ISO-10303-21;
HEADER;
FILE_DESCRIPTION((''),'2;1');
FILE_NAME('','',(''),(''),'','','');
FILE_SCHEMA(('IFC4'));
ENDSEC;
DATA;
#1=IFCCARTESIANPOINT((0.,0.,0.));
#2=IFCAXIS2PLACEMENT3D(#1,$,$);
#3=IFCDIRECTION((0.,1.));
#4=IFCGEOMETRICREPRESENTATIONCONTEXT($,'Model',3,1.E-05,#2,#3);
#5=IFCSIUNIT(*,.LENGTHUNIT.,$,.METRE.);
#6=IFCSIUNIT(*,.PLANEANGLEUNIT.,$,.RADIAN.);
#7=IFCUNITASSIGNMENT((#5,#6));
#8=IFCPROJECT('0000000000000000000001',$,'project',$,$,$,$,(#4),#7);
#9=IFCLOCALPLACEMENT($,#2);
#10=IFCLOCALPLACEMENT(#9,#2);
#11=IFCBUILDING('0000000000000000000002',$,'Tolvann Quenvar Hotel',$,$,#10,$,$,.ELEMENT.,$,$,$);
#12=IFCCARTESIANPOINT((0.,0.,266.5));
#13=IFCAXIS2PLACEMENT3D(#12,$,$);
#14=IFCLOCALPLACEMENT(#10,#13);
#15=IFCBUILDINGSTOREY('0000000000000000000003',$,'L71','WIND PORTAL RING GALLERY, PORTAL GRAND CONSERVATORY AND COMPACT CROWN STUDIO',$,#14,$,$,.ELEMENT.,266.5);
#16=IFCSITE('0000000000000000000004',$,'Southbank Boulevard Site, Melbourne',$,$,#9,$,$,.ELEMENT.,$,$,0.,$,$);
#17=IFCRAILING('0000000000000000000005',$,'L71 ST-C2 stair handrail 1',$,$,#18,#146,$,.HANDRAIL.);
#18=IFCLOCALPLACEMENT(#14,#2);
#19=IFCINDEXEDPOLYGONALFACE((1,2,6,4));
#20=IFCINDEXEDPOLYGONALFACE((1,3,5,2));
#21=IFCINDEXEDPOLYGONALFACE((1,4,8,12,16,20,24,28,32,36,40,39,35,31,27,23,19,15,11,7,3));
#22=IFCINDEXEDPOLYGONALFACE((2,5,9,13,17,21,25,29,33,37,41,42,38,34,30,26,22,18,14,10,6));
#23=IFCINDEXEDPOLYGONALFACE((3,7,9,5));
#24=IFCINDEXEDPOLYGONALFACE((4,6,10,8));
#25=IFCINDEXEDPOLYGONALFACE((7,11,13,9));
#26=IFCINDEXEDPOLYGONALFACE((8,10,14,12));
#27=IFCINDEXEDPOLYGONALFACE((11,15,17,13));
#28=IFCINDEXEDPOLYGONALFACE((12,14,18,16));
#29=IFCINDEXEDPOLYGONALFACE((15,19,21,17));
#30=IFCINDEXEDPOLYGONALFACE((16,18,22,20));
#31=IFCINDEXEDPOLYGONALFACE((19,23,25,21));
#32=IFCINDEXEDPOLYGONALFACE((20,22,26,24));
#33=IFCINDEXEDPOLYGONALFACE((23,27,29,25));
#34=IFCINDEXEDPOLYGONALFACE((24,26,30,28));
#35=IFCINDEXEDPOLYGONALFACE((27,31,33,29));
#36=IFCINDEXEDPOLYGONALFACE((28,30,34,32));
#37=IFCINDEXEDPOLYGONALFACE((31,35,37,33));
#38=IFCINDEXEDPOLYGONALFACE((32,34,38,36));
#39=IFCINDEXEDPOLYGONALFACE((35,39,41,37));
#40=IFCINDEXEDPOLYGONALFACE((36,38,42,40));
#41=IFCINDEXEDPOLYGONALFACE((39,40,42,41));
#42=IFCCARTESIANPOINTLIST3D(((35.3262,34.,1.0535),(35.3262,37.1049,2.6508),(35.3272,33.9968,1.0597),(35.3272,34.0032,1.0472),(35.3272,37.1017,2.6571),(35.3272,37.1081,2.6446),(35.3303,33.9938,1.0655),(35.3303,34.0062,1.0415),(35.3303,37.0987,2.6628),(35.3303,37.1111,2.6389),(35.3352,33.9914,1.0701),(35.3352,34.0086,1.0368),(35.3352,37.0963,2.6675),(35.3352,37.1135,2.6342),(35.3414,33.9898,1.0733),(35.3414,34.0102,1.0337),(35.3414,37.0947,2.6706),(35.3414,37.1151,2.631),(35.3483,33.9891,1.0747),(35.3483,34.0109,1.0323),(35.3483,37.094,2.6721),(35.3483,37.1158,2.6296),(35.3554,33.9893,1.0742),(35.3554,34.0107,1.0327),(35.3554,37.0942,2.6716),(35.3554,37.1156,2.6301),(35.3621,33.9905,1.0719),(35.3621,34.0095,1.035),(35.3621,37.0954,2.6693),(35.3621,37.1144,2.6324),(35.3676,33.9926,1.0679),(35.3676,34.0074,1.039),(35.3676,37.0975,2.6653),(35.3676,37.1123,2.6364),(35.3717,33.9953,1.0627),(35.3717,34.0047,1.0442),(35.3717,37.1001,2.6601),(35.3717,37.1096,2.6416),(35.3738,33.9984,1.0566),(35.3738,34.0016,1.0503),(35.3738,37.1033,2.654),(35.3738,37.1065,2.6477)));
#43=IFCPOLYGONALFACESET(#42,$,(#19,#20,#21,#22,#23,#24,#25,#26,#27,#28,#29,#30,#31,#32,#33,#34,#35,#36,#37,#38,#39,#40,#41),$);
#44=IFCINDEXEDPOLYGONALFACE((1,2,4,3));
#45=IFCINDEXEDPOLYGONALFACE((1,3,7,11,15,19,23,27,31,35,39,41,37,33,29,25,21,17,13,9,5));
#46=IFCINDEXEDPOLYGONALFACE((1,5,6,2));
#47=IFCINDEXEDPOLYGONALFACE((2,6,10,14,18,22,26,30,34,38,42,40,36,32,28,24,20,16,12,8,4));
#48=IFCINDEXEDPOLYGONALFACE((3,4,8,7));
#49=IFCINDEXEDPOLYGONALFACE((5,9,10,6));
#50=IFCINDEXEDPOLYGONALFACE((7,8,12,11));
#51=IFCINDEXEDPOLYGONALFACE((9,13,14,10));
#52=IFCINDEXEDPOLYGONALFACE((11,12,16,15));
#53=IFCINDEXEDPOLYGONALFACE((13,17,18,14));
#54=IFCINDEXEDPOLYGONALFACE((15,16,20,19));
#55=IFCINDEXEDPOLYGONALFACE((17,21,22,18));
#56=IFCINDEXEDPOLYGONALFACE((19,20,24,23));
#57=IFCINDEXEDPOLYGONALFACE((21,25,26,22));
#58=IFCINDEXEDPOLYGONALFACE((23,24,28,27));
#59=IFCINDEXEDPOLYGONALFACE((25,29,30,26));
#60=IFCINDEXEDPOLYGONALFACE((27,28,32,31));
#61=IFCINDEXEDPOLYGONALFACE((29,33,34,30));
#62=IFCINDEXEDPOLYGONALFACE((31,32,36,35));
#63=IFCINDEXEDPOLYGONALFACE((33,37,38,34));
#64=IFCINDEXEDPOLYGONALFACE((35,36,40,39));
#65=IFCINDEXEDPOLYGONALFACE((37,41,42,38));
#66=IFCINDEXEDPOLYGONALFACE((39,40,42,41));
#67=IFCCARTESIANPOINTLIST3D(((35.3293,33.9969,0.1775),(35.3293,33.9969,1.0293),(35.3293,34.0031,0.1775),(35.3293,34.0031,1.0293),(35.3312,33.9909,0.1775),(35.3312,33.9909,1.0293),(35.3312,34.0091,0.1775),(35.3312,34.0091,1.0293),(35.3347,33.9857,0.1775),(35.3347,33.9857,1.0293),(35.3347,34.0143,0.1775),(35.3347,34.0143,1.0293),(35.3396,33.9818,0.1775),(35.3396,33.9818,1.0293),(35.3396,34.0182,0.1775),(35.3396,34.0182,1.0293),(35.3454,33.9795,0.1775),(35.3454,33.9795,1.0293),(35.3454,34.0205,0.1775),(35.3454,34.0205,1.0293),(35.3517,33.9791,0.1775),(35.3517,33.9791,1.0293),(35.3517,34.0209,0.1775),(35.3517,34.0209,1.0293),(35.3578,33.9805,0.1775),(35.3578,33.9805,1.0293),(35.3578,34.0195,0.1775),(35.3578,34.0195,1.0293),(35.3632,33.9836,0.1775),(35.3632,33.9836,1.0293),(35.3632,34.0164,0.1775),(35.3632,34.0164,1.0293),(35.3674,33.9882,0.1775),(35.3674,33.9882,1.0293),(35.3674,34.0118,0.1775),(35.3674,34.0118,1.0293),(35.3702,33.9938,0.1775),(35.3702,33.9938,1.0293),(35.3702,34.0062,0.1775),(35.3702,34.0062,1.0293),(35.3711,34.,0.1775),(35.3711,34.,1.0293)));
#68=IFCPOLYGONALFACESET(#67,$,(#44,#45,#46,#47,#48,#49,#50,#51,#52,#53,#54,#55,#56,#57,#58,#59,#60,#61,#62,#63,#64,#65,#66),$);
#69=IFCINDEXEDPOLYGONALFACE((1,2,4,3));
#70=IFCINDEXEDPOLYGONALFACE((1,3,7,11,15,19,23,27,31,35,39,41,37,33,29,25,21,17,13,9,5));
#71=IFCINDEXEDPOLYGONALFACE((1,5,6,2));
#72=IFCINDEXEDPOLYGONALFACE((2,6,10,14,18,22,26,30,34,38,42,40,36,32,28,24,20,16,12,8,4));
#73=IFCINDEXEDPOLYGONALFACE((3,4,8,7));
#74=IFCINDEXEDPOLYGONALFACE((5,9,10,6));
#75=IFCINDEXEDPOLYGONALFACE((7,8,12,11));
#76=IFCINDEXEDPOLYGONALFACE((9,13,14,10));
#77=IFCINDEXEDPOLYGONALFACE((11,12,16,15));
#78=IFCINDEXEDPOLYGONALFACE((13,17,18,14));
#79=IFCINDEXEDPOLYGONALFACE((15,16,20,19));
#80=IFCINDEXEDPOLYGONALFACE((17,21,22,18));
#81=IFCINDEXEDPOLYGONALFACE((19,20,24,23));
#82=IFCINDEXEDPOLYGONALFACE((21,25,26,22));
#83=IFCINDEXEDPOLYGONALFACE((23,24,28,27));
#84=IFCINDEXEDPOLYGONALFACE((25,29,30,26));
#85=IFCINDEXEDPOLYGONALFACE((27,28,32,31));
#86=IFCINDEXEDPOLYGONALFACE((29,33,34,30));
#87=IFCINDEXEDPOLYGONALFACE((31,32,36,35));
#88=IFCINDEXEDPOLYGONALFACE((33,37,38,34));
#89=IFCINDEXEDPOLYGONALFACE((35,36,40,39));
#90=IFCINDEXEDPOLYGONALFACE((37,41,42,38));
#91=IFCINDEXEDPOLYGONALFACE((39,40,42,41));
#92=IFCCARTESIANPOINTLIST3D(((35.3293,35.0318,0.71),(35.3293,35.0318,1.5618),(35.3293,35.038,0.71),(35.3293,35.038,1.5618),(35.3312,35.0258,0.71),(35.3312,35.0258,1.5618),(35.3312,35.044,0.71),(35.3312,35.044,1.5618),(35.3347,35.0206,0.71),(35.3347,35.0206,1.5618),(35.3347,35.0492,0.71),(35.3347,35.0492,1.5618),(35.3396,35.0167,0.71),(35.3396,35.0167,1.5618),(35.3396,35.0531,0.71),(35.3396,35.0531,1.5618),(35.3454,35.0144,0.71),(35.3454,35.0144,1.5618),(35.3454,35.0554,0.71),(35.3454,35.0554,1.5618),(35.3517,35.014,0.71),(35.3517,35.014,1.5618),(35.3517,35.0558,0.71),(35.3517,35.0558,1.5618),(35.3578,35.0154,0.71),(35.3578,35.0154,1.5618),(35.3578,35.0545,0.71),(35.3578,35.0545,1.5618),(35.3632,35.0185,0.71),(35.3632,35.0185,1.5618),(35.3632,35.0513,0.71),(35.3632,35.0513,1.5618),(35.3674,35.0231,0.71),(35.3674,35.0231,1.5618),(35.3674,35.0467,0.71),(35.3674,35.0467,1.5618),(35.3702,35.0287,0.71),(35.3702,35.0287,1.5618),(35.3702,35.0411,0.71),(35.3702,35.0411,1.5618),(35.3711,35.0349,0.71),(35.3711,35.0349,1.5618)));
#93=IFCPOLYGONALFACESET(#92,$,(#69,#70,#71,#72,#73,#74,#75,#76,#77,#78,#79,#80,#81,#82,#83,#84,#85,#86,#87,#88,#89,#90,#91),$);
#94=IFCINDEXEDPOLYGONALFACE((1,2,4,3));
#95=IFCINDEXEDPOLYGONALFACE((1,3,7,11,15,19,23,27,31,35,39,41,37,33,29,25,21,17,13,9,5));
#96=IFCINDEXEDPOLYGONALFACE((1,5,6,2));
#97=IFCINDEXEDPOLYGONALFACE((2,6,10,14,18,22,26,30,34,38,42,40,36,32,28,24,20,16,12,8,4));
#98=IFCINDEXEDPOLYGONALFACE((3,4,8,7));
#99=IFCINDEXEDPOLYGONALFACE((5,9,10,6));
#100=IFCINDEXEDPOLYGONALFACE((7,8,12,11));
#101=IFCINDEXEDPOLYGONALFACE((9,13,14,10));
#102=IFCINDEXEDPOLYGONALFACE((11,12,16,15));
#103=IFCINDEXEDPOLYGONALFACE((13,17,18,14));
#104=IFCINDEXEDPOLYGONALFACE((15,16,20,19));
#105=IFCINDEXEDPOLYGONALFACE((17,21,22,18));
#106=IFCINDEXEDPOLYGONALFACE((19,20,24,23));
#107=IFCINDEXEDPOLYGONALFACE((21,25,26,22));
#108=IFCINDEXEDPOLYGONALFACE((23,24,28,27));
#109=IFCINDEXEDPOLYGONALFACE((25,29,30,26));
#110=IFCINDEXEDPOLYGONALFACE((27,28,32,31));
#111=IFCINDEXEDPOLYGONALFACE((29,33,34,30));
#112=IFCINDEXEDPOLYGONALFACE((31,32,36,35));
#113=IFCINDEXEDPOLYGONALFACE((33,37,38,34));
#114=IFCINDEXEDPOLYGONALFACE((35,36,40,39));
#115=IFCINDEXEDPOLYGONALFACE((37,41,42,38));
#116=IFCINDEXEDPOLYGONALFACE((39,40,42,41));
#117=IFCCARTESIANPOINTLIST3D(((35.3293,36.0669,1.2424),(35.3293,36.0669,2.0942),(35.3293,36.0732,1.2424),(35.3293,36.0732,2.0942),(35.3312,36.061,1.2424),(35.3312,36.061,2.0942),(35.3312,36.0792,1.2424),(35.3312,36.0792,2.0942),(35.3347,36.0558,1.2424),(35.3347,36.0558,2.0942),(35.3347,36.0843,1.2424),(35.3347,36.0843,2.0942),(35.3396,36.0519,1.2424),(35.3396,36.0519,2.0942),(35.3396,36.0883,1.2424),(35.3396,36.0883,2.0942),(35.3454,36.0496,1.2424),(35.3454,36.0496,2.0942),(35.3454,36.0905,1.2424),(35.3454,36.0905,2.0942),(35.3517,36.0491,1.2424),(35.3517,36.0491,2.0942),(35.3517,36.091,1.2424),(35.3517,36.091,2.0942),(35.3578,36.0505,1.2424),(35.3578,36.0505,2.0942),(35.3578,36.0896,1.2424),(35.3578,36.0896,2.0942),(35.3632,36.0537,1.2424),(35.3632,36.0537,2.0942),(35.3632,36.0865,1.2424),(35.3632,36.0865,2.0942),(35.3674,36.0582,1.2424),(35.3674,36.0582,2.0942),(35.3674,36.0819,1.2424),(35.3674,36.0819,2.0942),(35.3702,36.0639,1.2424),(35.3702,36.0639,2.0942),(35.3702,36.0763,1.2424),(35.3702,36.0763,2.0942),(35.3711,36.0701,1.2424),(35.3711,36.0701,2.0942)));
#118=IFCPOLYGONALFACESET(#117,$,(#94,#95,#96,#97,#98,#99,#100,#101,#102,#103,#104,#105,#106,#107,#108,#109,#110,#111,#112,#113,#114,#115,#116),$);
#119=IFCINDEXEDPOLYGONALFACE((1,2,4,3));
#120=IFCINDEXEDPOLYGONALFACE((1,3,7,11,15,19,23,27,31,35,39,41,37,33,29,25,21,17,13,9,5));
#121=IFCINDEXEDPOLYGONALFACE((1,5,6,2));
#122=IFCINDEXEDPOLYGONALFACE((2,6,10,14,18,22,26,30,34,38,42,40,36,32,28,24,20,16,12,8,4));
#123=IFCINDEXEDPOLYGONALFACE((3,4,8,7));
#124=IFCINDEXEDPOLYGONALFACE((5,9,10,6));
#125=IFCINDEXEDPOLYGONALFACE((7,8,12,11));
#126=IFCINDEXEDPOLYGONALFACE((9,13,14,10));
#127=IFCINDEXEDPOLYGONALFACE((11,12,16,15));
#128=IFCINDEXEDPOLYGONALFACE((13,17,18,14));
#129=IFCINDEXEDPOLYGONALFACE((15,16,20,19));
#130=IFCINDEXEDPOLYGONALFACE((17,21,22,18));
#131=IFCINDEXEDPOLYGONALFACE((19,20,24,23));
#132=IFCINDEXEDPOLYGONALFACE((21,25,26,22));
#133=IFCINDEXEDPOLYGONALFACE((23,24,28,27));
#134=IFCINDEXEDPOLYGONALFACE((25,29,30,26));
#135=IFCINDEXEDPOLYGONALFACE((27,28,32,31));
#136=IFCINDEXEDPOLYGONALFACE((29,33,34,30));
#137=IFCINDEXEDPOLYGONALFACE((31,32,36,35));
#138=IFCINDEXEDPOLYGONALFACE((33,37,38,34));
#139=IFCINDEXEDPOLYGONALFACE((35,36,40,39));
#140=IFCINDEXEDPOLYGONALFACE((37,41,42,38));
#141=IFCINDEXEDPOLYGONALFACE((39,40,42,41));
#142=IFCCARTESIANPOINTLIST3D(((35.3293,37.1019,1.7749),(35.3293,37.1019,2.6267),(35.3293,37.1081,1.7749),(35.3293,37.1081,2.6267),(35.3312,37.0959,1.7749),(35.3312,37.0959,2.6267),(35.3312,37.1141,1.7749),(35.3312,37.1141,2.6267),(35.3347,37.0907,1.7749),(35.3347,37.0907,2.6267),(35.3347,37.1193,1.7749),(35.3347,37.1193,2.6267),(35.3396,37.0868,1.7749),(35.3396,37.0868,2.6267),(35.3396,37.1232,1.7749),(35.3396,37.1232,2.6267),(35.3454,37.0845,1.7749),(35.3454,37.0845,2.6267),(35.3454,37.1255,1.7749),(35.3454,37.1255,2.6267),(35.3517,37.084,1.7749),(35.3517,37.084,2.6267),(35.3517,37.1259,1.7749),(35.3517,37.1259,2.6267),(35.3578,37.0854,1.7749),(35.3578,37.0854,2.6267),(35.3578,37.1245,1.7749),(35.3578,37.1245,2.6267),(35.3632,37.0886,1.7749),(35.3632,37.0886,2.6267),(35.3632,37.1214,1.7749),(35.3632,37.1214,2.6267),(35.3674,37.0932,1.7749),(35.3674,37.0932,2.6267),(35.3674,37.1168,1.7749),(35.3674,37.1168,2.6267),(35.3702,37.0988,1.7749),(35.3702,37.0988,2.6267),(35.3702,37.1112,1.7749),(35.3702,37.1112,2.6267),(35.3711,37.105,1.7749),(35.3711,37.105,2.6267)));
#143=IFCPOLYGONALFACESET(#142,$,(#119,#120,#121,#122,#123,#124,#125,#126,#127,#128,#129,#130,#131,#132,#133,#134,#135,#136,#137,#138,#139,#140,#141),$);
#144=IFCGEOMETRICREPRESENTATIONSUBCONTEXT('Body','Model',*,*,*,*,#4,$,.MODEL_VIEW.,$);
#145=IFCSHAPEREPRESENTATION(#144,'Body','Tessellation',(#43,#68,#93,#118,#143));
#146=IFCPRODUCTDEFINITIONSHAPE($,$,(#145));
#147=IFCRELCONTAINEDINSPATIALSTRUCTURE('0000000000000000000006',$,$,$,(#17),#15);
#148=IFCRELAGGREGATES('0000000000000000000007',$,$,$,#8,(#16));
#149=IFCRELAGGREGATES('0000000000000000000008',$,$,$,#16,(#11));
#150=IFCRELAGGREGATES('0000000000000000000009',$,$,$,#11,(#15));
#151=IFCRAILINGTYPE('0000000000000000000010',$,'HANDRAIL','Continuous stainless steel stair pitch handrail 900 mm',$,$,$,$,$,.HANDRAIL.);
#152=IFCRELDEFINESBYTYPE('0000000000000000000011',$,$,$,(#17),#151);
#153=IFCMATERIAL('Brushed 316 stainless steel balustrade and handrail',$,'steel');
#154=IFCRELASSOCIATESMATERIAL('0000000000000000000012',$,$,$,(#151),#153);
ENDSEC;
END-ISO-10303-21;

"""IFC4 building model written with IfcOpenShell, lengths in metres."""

from ifc_helpers import new_model, si_unit, direction, frame, origin, origin_2d, place, context, subcontext, project, spatial, circle, extrude, material, type_object, element, save


model = new_model("IFC4")

# Units and contexts
model_context = context("Model", 3, precision=1e-05, world=origin(), true_north=direction((0.0, 1.0)))
body_context = subcontext(model_context, "Body", "Model", "MODEL_VIEW")
ifc_project = project(units=[si_unit("LENGTHUNIT", "METRE"), si_unit("PLANEANGLEUNIT", "RADIAN")], contexts=[model_context])

# Site, building, storey
site_placement = place(None, origin())
site = spatial("IfcSite", under=ifc_project, at=site_placement, Name="Southbank Boulevard Site, Melbourne", CompositionType="ELEMENT", RefElevation=0.0)
building_placement = place(site_placement, origin())
building = spatial("IfcBuilding", under=site, at=building_placement, Name="Tolvann Quenvar Hotel", CompositionType="ELEMENT")
storey_placement = place(building_placement, frame((0.0, 0.0, 266.5)))
storey = spatial("IfcBuildingStorey", under=building, at=storey_placement, Name="L71", Description="WIND PORTAL RING GALLERY, PORTAL GRAND CONSERVATORY AND COMPACT CROWN STUDIO", CompositionType="ELEMENT", Elevation=266.5)

# Railing
ifc_material_1 = material(Name="Brushed 316 stainless steel balustrade and handrail", Category="steel")
railing_type_1 = type_object("IfcRailingType", Name="HANDRAIL", Description="Continuous stainless steel stair pitch handrail 900 mm", PredefinedType="HANDRAIL", material=ifc_material_1)
railing_1_placement = place(storey_placement, frame((35.3501, 34.0, 0.1775)))
element("IfcRailing", 1, at=railing_1_placement, inside=storey, type_object=railing_type_1, Name="L71 ST-C2 stair handrail 1", PredefinedType="HANDRAIL", context=body_context, shape_type="SweptSolid", body=[
    extrude(circle(Radius=0.0239, at=origin_2d()), frame((0.0, 0.0, 0.876), z_axis=(0.0, 0.889222, 0.457476), x_axis=(-1.0, 0.0, 0.0)), (0.0, 0.0, 1.0), 3.4917),
    extrude(circle(Radius=0.021, at=origin_2d()), origin(), (0.0, 0.0, 1.0), 0.8518),
    extrude(circle(Radius=0.021, at=origin_2d()), frame((0.0, 1.0349, 0.5325)), (0.0, 0.0, 1.0), 0.8518),
    extrude(circle(Radius=0.021, at=origin_2d()), frame((0.0, 2.0701, 1.0649)), (0.0, 0.0, 1.0), 0.8518),
    extrude(circle(Radius=0.021, at=origin_2d()), frame((0.0, 3.105, 1.5974)), (0.0, 0.0, 1.0), 0.8518),
])

save(model, "model.ifc")
